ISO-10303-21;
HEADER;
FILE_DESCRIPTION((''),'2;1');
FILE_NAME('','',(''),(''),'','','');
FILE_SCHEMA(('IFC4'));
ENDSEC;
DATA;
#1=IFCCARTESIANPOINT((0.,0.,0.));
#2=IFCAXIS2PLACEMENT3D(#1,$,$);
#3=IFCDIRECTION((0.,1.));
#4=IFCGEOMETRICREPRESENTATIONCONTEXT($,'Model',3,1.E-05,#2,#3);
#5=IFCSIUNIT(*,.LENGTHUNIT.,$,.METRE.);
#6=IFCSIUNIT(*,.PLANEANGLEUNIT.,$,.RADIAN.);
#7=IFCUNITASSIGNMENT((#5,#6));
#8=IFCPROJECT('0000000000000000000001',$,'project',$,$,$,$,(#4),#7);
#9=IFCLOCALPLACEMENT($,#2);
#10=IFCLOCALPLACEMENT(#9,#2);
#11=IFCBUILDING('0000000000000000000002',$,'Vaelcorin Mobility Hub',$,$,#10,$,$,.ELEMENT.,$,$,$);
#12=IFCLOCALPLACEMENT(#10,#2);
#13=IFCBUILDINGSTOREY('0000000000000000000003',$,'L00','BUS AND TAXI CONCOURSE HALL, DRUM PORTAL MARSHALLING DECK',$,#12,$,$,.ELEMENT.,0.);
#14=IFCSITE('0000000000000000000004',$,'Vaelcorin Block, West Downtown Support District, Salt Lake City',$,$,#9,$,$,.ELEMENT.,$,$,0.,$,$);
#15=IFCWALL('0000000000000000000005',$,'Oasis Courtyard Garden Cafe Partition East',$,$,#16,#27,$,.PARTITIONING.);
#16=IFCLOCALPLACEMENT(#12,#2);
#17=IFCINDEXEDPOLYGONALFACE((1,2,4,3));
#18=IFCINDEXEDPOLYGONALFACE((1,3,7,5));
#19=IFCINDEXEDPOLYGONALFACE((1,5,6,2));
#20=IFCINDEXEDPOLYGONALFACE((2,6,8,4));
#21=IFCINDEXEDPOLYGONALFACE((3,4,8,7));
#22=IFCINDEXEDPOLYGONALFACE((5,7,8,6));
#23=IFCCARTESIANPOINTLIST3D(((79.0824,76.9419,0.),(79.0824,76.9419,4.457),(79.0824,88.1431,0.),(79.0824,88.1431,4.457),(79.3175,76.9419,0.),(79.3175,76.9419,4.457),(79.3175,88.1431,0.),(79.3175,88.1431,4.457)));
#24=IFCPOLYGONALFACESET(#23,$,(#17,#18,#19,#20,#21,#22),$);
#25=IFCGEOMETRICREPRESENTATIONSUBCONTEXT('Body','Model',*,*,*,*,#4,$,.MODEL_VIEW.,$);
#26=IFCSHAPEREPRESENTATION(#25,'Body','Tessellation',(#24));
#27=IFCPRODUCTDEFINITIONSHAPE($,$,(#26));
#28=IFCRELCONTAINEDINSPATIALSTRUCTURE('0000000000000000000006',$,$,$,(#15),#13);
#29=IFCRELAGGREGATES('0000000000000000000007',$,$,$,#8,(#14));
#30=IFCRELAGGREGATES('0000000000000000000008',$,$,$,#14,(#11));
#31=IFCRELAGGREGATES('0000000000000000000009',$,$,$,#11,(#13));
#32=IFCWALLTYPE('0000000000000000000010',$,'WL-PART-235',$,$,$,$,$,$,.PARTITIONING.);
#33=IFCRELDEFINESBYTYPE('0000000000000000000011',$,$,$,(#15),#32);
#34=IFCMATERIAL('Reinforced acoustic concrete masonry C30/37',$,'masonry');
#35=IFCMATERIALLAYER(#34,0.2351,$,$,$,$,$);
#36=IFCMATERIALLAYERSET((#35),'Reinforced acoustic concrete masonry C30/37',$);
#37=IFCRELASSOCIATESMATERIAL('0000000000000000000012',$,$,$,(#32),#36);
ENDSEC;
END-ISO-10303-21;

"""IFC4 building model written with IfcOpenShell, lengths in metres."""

from ifc_helpers import new_model, si_unit, direction, frame, frame_2d, origin, place, context, subcontext, project, spatial, rectangle, extrude, material, layer, layer_set, type_object, element, save


model = new_model("IFC4")

# Units and contexts
model_context = context("Model", 3, precision=1e-05, world=origin(), true_north=direction((0.0, 1.0)))
body_context = subcontext(model_context, "Body", "Model", "MODEL_VIEW")
ifc_project = project(units=[si_unit("LENGTHUNIT", "METRE"), si_unit("PLANEANGLEUNIT", "RADIAN")], contexts=[model_context])

# Site, building, storey
site_placement = place(None, origin())
site = spatial("IfcSite", under=ifc_project, at=site_placement, Name="Vaelcorin Block, West Downtown Support District, Salt Lake City", CompositionType="ELEMENT", RefElevation=0.0)
building_placement = place(site_placement, origin())
building = spatial("IfcBuilding", under=site, at=building_placement, Name="Vaelcorin Mobility Hub", CompositionType="ELEMENT")
storey_placement = place(building_placement, origin())
storey = spatial("IfcBuildingStorey", under=building, at=storey_placement, Name="L00", Description="BUS AND TAXI CONCOURSE HALL, DRUM PORTAL MARSHALLING DECK", CompositionType="ELEMENT", Elevation=0.0)

# Wall
ifc_material_1 = material(Name="Reinforced acoustic concrete masonry C30/37", Category="masonry")
ifc_layer_1 = layer(ifc_material_1, 0.2351)
ifc_layer_set_1 = layer_set([ifc_layer_1], Name="Reinforced acoustic concrete masonry C30/37")
wall_type_1 = type_object("IfcWallType", Name="WL-PART-235", PredefinedType="PARTITIONING", material=ifc_layer_set_1)
wall_1_placement = place(storey_placement, frame((79.2, 88.1431, 0.0), z_axis=(0.0, 0.0, 1.0), x_axis=(0.0, -1.0, 0.0)))
element("IfcWall", 1, at=wall_1_placement, inside=storey, type_object=wall_type_1, Name="Oasis Courtyard Garden Cafe Partition East", PredefinedType="PARTITIONING", context=body_context, shape_type="SweptSolid", body=[
    extrude(rectangle(XDim=11.2012, YDim=0.2351, at=frame_2d((5.6006, 0.0))), origin(), (0.0, 0.0, 1.0), 4.457),
])

save(model, "model.ifc")
